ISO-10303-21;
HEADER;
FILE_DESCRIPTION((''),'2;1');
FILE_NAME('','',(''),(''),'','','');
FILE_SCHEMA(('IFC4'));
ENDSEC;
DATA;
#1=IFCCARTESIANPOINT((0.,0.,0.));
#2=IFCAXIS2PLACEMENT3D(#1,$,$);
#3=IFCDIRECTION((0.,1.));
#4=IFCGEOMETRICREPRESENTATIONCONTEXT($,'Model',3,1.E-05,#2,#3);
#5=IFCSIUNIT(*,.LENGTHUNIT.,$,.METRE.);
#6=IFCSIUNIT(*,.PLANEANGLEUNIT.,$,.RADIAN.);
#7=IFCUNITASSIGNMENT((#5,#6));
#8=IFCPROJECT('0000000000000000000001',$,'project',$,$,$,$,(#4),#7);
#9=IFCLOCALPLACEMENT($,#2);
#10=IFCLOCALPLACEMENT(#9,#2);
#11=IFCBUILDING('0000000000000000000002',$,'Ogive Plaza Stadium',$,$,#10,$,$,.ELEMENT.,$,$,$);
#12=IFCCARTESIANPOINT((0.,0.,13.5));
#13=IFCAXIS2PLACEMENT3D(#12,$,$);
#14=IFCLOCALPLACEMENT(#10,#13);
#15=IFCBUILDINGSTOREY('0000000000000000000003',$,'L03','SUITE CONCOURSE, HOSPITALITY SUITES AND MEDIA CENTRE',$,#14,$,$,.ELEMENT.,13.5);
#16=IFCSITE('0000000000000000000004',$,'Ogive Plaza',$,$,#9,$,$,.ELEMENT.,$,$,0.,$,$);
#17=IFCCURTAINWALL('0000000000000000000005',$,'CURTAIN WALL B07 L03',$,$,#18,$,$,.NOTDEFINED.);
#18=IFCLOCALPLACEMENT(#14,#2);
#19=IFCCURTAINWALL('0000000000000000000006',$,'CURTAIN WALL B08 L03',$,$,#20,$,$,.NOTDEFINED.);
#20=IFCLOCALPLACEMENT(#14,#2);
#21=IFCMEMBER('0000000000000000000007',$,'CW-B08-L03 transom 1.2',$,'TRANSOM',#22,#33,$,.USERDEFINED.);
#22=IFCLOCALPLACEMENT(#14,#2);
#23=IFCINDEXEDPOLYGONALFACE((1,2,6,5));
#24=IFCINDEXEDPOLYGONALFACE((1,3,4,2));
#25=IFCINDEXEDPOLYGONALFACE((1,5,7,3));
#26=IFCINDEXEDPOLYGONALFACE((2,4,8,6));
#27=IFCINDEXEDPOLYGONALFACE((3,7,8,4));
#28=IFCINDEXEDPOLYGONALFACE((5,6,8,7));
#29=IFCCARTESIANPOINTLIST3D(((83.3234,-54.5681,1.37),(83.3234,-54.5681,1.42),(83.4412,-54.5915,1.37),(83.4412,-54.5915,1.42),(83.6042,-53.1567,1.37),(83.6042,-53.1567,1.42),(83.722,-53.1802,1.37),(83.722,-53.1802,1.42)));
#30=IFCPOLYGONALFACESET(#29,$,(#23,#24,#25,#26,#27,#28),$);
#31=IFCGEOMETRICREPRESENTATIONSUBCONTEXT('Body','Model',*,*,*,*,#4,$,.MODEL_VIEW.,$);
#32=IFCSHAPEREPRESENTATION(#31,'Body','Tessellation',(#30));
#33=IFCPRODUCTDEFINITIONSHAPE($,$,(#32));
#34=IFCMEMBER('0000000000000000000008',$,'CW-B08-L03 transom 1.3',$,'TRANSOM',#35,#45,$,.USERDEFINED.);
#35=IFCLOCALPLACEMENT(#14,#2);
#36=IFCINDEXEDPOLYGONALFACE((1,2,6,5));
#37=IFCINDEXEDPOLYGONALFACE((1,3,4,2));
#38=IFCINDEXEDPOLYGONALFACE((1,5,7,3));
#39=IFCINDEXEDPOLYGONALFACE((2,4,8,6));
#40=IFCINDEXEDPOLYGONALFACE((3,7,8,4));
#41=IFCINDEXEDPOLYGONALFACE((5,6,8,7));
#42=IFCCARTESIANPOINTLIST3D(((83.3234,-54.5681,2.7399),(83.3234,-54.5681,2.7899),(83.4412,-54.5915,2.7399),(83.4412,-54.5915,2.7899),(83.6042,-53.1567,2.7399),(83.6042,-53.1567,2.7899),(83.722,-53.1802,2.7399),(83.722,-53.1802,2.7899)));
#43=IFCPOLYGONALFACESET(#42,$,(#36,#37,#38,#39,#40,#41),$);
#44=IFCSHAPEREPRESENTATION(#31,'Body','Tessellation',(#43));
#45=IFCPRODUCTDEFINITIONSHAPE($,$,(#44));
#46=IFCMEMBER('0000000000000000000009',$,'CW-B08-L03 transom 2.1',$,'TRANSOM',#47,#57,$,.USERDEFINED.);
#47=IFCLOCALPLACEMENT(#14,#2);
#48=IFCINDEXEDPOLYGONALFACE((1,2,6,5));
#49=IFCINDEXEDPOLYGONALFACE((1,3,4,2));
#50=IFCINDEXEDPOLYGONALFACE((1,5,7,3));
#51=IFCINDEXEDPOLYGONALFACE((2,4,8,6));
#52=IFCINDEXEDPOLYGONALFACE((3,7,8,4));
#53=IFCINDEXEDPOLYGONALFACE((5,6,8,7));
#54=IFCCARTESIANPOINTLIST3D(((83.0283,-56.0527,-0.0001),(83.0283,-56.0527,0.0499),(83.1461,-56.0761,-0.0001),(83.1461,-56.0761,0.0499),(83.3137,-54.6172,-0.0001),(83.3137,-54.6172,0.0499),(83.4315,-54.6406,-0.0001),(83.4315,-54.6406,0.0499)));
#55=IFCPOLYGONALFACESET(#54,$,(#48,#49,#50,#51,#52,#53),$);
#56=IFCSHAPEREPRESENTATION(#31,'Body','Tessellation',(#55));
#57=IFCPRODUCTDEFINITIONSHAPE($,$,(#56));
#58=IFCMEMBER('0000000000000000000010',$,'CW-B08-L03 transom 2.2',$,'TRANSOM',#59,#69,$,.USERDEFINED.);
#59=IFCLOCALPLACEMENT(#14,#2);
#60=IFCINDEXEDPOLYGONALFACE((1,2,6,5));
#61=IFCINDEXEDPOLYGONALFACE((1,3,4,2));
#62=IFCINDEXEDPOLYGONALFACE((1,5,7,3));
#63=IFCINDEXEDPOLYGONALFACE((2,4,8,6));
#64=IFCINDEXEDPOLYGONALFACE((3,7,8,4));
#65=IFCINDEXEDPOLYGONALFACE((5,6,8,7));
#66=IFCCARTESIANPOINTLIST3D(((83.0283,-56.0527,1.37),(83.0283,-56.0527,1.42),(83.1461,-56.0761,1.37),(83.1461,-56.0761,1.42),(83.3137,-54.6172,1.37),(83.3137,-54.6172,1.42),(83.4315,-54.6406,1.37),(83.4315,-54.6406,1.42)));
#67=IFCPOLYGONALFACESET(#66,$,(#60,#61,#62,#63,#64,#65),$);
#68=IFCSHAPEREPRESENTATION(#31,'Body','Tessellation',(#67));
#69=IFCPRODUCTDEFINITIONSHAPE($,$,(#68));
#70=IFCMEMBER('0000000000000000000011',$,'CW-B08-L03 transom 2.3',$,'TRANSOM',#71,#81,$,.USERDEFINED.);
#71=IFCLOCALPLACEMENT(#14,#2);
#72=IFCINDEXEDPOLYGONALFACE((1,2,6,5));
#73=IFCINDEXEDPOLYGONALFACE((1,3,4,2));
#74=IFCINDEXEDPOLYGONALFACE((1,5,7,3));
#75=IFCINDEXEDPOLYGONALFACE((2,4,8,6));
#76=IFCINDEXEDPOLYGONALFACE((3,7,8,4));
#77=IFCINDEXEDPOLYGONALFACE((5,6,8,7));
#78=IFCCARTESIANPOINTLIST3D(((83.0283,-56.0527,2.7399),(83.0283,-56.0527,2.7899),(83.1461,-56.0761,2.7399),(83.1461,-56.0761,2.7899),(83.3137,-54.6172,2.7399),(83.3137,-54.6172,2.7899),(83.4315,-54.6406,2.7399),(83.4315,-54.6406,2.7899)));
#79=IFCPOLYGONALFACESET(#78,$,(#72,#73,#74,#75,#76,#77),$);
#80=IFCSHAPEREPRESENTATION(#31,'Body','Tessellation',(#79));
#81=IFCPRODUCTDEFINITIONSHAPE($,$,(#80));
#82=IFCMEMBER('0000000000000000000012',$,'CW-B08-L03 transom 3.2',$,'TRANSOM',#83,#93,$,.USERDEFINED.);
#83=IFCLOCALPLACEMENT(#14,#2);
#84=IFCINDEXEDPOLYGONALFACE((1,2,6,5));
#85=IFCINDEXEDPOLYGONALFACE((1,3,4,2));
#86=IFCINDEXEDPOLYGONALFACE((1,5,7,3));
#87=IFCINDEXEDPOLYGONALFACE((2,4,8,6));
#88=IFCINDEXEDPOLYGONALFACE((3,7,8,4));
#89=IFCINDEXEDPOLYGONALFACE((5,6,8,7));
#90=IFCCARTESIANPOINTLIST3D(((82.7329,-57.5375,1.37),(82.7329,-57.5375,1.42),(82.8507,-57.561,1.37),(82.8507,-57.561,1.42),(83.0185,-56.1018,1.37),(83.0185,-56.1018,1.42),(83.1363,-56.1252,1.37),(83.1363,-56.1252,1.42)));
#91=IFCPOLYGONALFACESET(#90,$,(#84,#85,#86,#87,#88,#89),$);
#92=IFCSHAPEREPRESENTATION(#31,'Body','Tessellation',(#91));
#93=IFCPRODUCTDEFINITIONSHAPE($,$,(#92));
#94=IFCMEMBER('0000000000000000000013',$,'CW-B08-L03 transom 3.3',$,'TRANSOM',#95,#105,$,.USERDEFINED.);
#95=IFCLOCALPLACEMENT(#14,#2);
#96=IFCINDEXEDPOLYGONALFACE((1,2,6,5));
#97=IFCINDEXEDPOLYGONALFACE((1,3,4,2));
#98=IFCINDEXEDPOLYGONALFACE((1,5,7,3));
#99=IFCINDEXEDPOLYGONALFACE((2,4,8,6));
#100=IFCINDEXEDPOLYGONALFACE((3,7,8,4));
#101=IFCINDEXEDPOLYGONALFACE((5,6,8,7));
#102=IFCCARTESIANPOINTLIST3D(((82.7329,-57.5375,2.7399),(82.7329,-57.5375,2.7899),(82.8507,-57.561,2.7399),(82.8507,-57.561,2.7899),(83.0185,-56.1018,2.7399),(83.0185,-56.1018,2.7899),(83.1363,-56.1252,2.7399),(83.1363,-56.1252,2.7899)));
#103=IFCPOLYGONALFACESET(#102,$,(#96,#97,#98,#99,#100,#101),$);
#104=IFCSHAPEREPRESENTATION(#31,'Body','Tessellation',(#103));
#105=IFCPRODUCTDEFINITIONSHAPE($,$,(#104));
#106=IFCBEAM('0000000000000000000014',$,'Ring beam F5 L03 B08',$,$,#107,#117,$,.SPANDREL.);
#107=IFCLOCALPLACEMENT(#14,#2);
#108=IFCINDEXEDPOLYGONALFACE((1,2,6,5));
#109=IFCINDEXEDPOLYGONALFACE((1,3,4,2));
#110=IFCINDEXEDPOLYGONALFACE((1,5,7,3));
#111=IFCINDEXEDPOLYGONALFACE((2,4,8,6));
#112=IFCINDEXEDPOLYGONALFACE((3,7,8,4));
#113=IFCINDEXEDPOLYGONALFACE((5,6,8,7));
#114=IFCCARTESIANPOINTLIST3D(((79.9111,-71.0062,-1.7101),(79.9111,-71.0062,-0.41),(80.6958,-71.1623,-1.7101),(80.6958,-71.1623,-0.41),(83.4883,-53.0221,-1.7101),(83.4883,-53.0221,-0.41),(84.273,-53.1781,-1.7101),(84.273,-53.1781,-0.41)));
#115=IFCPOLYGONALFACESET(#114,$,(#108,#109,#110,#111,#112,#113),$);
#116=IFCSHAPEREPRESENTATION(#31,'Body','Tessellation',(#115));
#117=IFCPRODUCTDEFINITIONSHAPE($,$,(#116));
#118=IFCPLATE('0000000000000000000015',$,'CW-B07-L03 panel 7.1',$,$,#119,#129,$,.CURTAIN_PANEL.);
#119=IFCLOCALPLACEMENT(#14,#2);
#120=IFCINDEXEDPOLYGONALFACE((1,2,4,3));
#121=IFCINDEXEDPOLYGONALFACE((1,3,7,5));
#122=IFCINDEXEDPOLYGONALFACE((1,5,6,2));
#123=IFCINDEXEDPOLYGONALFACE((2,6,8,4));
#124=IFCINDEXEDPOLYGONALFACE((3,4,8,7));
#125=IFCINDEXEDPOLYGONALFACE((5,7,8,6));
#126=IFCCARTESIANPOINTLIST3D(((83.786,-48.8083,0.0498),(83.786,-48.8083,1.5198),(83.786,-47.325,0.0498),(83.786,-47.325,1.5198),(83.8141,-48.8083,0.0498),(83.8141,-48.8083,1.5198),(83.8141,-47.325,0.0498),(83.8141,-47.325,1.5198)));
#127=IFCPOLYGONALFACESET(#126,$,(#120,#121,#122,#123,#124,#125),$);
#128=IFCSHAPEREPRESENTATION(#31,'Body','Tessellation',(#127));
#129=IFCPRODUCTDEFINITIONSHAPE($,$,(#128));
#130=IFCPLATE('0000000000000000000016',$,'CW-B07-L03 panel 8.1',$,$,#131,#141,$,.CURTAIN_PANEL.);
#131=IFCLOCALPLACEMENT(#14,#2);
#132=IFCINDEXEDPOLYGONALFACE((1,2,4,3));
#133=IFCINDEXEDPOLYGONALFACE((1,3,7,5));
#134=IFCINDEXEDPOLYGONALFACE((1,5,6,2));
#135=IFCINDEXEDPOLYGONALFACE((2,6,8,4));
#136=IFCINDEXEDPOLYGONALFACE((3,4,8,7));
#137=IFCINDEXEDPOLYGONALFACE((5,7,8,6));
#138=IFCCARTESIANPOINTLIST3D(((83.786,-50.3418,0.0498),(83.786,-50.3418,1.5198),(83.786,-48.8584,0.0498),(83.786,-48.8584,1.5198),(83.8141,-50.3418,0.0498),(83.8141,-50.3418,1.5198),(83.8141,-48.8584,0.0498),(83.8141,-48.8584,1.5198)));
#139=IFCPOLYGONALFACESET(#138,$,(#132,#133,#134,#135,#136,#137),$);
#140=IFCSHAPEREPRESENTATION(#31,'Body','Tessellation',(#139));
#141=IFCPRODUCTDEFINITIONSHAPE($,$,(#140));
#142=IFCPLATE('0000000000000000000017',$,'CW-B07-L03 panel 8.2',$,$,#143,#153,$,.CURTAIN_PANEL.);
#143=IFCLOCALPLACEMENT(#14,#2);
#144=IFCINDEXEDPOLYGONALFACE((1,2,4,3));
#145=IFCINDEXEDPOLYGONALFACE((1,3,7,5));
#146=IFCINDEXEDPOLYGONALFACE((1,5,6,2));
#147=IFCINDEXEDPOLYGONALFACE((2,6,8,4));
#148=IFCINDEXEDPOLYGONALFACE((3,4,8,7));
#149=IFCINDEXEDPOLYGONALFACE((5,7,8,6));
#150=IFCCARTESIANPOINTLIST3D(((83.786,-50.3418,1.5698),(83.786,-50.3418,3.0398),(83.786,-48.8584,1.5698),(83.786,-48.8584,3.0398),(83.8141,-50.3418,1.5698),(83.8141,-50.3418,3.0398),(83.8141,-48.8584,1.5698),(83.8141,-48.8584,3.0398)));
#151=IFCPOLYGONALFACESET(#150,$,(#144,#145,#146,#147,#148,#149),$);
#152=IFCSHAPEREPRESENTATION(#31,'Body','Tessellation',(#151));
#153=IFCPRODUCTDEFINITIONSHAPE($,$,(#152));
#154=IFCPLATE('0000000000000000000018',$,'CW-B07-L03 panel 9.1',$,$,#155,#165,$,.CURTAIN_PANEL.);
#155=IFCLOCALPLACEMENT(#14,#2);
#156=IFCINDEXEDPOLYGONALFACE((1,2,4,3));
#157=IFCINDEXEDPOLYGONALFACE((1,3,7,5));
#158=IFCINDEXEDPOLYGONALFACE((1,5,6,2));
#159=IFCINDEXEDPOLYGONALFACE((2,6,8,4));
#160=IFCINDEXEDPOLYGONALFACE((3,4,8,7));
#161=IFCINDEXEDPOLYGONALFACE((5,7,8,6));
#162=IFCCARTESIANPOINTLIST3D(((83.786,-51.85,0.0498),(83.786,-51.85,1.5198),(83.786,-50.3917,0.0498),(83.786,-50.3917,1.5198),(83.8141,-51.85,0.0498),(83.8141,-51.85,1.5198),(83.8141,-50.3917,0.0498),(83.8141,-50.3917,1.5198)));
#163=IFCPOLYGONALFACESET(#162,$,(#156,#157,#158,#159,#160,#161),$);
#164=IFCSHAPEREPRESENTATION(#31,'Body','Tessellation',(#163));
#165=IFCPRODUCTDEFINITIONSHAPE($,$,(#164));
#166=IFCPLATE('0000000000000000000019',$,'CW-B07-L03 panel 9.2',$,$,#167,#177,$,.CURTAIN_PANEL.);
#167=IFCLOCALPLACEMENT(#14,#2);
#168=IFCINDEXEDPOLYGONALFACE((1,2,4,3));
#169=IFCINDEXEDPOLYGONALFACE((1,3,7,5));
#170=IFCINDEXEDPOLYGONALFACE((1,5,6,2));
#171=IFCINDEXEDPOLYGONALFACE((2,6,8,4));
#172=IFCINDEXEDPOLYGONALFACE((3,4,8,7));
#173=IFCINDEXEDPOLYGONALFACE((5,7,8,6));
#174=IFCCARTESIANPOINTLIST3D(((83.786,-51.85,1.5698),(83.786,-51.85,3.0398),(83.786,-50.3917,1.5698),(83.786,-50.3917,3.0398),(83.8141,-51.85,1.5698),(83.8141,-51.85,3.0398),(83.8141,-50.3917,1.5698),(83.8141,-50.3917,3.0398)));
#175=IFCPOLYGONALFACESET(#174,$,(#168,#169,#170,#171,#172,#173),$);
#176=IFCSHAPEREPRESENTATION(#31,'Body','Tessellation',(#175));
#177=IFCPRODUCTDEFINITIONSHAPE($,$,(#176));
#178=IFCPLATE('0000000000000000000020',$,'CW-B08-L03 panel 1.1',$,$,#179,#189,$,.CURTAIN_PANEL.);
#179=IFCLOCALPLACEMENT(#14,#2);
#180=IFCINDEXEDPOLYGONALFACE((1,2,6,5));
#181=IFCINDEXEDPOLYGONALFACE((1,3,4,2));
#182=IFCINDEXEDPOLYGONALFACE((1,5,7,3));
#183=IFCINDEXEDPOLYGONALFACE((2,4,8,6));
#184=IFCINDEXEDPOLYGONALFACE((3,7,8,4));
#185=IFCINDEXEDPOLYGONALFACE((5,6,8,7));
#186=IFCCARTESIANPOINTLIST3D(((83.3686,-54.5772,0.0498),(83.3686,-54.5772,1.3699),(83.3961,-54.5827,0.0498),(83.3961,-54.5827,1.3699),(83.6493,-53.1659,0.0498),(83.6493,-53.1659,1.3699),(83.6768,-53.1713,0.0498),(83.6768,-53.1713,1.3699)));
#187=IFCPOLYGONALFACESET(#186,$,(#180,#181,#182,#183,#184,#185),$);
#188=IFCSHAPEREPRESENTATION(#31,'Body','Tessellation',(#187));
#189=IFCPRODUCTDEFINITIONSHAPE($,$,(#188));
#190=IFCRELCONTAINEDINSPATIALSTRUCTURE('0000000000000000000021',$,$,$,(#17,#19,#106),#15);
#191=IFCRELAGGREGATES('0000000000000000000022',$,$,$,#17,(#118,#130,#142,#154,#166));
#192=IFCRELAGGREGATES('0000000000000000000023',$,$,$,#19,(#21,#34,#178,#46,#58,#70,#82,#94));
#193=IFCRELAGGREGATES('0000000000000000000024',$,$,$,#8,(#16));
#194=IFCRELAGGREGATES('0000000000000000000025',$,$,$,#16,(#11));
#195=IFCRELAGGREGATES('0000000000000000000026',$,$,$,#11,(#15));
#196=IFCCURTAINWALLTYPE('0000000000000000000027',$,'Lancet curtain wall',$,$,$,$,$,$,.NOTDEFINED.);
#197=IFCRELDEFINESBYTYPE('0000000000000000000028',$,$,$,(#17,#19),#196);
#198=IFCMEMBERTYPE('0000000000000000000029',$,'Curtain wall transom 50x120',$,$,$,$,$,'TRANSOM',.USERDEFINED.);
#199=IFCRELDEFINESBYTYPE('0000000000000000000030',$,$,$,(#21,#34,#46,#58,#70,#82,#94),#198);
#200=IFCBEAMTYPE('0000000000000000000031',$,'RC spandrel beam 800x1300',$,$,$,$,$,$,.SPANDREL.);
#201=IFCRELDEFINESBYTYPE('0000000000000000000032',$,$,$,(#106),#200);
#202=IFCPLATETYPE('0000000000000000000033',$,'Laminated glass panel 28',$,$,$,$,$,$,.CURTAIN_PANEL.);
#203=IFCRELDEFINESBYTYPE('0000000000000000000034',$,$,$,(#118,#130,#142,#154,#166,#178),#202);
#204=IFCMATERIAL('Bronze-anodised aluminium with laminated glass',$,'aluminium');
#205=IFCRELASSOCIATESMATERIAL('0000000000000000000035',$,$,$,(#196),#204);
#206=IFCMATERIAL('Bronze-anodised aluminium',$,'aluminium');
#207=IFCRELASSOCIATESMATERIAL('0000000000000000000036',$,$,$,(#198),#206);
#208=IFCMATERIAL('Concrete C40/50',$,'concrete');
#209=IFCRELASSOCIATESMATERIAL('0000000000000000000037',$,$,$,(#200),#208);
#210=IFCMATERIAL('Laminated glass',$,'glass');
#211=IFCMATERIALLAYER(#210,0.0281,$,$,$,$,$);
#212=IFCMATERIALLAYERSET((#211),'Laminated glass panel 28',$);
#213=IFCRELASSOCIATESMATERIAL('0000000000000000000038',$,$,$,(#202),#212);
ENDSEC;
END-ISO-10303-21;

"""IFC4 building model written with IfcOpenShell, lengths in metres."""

from ifc_helpers import new_model, si_unit, direction, frame, origin, origin_2d, place, context, subcontext, project, spatial, rectangle, extrude, material, layer, layer_set, material_profile, profile_set, type_object, element, aggregate, save


model = new_model("IFC4")

# Units and contexts
model_context = context("Model", 3, precision=1e-05, world=origin(), true_north=direction((0.0, 1.0)))
body_context = subcontext(model_context, "Body", "Model", "MODEL_VIEW")
ifc_project = project(units=[si_unit("LENGTHUNIT", "METRE"), si_unit("PLANEANGLEUNIT", "RADIAN")], contexts=[model_context])

# Site, building, storey
site_placement = place(None, origin())
site = spatial("IfcSite", under=ifc_project, at=site_placement, Name="Ogive Plaza", CompositionType="ELEMENT", RefElevation=0.0)
building_placement = place(site_placement, origin())
building = spatial("IfcBuilding", under=site, at=building_placement, Name="Ogive Plaza Stadium", CompositionType="ELEMENT")
storey_placement = place(building_placement, frame((0.0, 0.0, 13.5)))
storey = spatial("IfcBuildingStorey", under=building, at=storey_placement, Name="L03", Description="SUITE CONCOURSE, HOSPITALITY SUITES AND MEDIA CENTRE", CompositionType="ELEMENT", Elevation=13.5)

# Curtain walls
ifc_material_1 = material(Name="Bronze-anodised aluminium with laminated glass", Category="aluminium")
curtain_wall_type = type_object("IfcCurtainWallType", Name="Lancet curtain wall", PredefinedType="NOTDEFINED", material=ifc_material_1)
curtain_wall_1_placement = place(storey_placement, origin())
curtain_wall_1 = element("IfcCurtainWall", 1, at=curtain_wall_1_placement, inside=storey, type_object=curtain_wall_type, Name="CURTAIN WALL B07 L03", PredefinedType="NOTDEFINED")
curtain_wall_2_placement = place(storey_placement, origin())
curtain_wall_2 = element("IfcCurtainWall", 2, at=curtain_wall_2_placement, inside=storey, type_object=curtain_wall_type, Name="CURTAIN WALL B08 L03", PredefinedType="NOTDEFINED")

# Members
ifc_material_2 = material(Name="Bronze-anodised aluminium", Category="aluminium")
ifc_material_profile_1 = material_profile(ifc_material_2, rectangle(XDim=0.1201, YDim=0.05, at=origin_2d()), Name="AL 120x50")
ifc_profile_set_1 = profile_set([ifc_material_profile_1], Name="Bronze-anodised aluminium")
member_type_1 = type_object("IfcMemberType", Name="Curtain wall transom 50x120", ElementType="TRANSOM", PredefinedType="USERDEFINED", material=ifc_profile_set_1)
member_1_placement = place(storey_placement, frame((83.6631, -53.1685, 1.395), z_axis=(-0.195105, -0.980782, 0.0), x_axis=(0.980782, -0.195105, 0.0)))
member_1 = element("IfcMember", 3, at=member_1_placement, type_object=member_type_1, Name="CW-B08-L03 transom 1.2", ObjectType="TRANSOM", PredefinedType="USERDEFINED", context=body_context, shape_type="SweptSolid", body=[
    extrude(rectangle(XDim=0.1201, YDim=0.05, at=origin_2d()), origin(), (0.0, 0.0, 1.0), 1.439),
])
member_2_placement = place(storey_placement, frame((83.6631, -53.1685, 2.7649), z_axis=(-0.195105, -0.980782, 0.0), x_axis=(0.980782, -0.195105, 0.0)))
member_2 = element("IfcMember", 4, at=member_2_placement, type_object=member_type_1, Name="CW-B08-L03 transom 1.3", ObjectType="TRANSOM", PredefinedType="USERDEFINED", context=body_context, shape_type="SweptSolid", body=[
    extrude(rectangle(XDim=0.1201, YDim=0.05, at=origin_2d()), origin(), (0.0, 0.0, 1.0), 1.439),
])
member_3_placement = place(storey_placement, frame((83.3726, -54.6289, 0.0249), z_axis=(-0.194993, -0.980805, 0.0), x_axis=(0.980805, -0.194993, 0.0)))
member_3 = element("IfcMember", 5, at=member_3_placement, type_object=member_type_1, Name="CW-B08-L03 transom 2.1", ObjectType="TRANSOM", PredefinedType="USERDEFINED", context=body_context, shape_type="SweptSolid", body=[
    extrude(rectangle(XDim=0.1201, YDim=0.05, at=origin_2d()), origin(), (0.0, 0.0, 1.0), 1.4636),
])
member_4_placement = place(storey_placement, frame((83.3726, -54.6289, 1.395), z_axis=(-0.194993, -0.980805, 0.0), x_axis=(0.980805, -0.194993, 0.0)))
member_4 = element("IfcMember", 6, at=member_4_placement, type_object=member_type_1, Name="CW-B08-L03 transom 2.2", ObjectType="TRANSOM", PredefinedType="USERDEFINED", context=body_context, shape_type="SweptSolid", body=[
    extrude(rectangle(XDim=0.1201, YDim=0.05, at=origin_2d()), origin(), (0.0, 0.0, 1.0), 1.4636),
])
member_5_placement = place(storey_placement, frame((83.3726, -54.6289, 2.7649), z_axis=(-0.194993, -0.980805, 0.0), x_axis=(0.980805, -0.194993, 0.0)))
member_5 = element("IfcMember", 7, at=member_5_placement, type_object=member_type_1, Name="CW-B08-L03 transom 2.3", ObjectType="TRANSOM", PredefinedType="USERDEFINED", context=body_context, shape_type="SweptSolid", body=[
    extrude(rectangle(XDim=0.1201, YDim=0.05, at=origin_2d()), origin(), (0.0, 0.0, 1.0), 1.4636),
])
member_6_placement = place(storey_placement, frame((83.0774, -56.1135, 1.395), z_axis=(-0.195122, -0.980779, 0.0), x_axis=(0.980779, -0.195122, 0.0)))
member_6 = element("IfcMember", 8, at=member_6_placement, type_object=member_type_1, Name="CW-B08-L03 transom 3.2", ObjectType="TRANSOM", PredefinedType="USERDEFINED", context=body_context, shape_type="SweptSolid", body=[
    extrude(rectangle(XDim=0.1201, YDim=0.05, at=origin_2d()), origin(), (0.0, 0.0, 1.0), 1.4639),
])
member_7_placement = place(storey_placement, frame((83.0774, -56.1135, 2.7649), z_axis=(-0.195122, -0.980779, 0.0), x_axis=(0.980779, -0.195122, 0.0)))
member_7 = element("IfcMember", 9, at=member_7_placement, type_object=member_type_1, Name="CW-B08-L03 transom 3.3", ObjectType="TRANSOM", PredefinedType="USERDEFINED", context=body_context, shape_type="SweptSolid", body=[
    extrude(rectangle(XDim=0.1201, YDim=0.05, at=origin_2d()), origin(), (0.0, 0.0, 1.0), 1.4639),
])

# Beam
ifc_material_3 = material(Name="Concrete C40/50", Category="concrete")
ifc_material_profile_2 = material_profile(ifc_material_3, rectangle(XDim=0.8, YDim=1.3, at=origin_2d()), Name="RC 800x1300")
ifc_profile_set_2 = profile_set([ifc_material_profile_2], Name="Concrete C40/50")
beam_type = type_object("IfcBeamType", Name="RC spandrel beam 800x1300", PredefinedType="SPANDREL", material=ifc_profile_set_2)
beam_placement = place(storey_placement, frame((83.8806, -53.1001, -1.0601), z_axis=(-0.195084, -0.980787, 0.0), x_axis=(0.980787, -0.195084, 0.0)))
element("IfcBeam", 10, at=beam_placement, inside=storey, type_object=beam_type, Name="Ring beam F5 L03 B08", PredefinedType="SPANDREL", context=body_context, shape_type="SweptSolid", body=[
    extrude(rectangle(XDim=0.8, YDim=1.3, at=origin_2d()), origin(), (0.0, 0.0, 1.0), 18.3364),
])

# Plates
ifc_material_4 = material(Name="Laminated glass", Category="glass")
ifc_layer = layer(ifc_material_4, 0.0281)
ifc_layer_set = layer_set([ifc_layer], Name="Laminated glass panel 28")
plate_type = type_object("IfcPlateType", Name="Laminated glass panel 28", PredefinedType="CURTAIN_PANEL", material=ifc_layer_set)
plate_1_placement = place(storey_placement, frame((83.8, -48.0667, 0.0498), z_axis=(0.0, 0.0, 1.0), x_axis=(0.0, -1.0, 0.0)))
plate_1 = element("IfcPlate", 11, at=plate_1_placement, type_object=plate_type, Name="CW-B07-L03 panel 7.1", PredefinedType="CURTAIN_PANEL", context=body_context, shape_type="SweptSolid", body=[
    extrude(rectangle(XDim=1.4834, YDim=0.0281, at=origin_2d()), origin(), (0.0, 0.0, 1.0), 1.47),
])
plate_2_placement = place(storey_placement, frame((83.8, -49.6001, 0.0498), z_axis=(0.0, 0.0, 1.0), x_axis=(0.0, -1.0, 0.0)))
plate_2 = element("IfcPlate", 12, at=plate_2_placement, type_object=plate_type, Name="CW-B07-L03 panel 8.1", PredefinedType="CURTAIN_PANEL", context=body_context, shape_type="SweptSolid", body=[
    extrude(rectangle(XDim=1.4834, YDim=0.0281, at=origin_2d()), origin(), (0.0, 0.0, 1.0), 1.47),
])
plate_3_placement = place(storey_placement, frame((83.8, -49.6001, 1.5698), z_axis=(0.0, 0.0, 1.0), x_axis=(0.0, -1.0, 0.0)))
plate_3 = element("IfcPlate", 13, at=plate_3_placement, type_object=plate_type, Name="CW-B07-L03 panel 8.2", PredefinedType="CURTAIN_PANEL", context=body_context, shape_type="SweptSolid", body=[
    extrude(rectangle(XDim=1.4834, YDim=0.0281, at=origin_2d()), origin(), (0.0, 0.0, 1.0), 1.47),
])
plate_4_placement = place(storey_placement, frame((83.8, -51.1208, 0.0498), z_axis=(0.0, 0.0, 1.0), x_axis=(0.0, -1.0, 0.0)))
plate_4 = element("IfcPlate", 14, at=plate_4_placement, type_object=plate_type, Name="CW-B07-L03 panel 9.1", PredefinedType="CURTAIN_PANEL", context=body_context, shape_type="SweptSolid", body=[
    extrude(rectangle(XDim=1.4583, YDim=0.0281, at=origin_2d()), origin(), (0.0, 0.0, 1.0), 1.47),
])
plate_5_placement = place(storey_placement, frame((83.8, -51.1208, 1.5698), z_axis=(0.0, 0.0, 1.0), x_axis=(0.0, -1.0, 0.0)))
plate_5 = element("IfcPlate", 15, at=plate_5_placement, type_object=plate_type, Name="CW-B07-L03 panel 9.2", PredefinedType="CURTAIN_PANEL", context=body_context, shape_type="SweptSolid", body=[
    extrude(rectangle(XDim=1.4583, YDim=0.0281, at=origin_2d()), origin(), (0.0, 0.0, 1.0), 1.47),
])
aggregate(curtain_wall_1, [plate_1, plate_2, plate_3, plate_4, plate_5])
plate_6_placement = place(storey_placement, frame((83.5227, -53.8743, 0.0498), z_axis=(0.0, 0.0, 1.0), x_axis=(-0.19509, -0.980785, 0.0)))
plate_6 = element("IfcPlate", 16, at=plate_6_placement, type_object=plate_type, Name="CW-B08-L03 panel 1.1", PredefinedType="CURTAIN_PANEL", context=body_context, shape_type="SweptSolid", body=[
    extrude(rectangle(XDim=1.439, YDim=0.0281, at=origin_2d()), origin(), (0.0, 0.0, 1.0), 1.3201),
])
aggregate(curtain_wall_2, [member_1, member_2, plate_6, member_3, member_4, member_5, member_6, member_7])

save(model, "model.ifc")
